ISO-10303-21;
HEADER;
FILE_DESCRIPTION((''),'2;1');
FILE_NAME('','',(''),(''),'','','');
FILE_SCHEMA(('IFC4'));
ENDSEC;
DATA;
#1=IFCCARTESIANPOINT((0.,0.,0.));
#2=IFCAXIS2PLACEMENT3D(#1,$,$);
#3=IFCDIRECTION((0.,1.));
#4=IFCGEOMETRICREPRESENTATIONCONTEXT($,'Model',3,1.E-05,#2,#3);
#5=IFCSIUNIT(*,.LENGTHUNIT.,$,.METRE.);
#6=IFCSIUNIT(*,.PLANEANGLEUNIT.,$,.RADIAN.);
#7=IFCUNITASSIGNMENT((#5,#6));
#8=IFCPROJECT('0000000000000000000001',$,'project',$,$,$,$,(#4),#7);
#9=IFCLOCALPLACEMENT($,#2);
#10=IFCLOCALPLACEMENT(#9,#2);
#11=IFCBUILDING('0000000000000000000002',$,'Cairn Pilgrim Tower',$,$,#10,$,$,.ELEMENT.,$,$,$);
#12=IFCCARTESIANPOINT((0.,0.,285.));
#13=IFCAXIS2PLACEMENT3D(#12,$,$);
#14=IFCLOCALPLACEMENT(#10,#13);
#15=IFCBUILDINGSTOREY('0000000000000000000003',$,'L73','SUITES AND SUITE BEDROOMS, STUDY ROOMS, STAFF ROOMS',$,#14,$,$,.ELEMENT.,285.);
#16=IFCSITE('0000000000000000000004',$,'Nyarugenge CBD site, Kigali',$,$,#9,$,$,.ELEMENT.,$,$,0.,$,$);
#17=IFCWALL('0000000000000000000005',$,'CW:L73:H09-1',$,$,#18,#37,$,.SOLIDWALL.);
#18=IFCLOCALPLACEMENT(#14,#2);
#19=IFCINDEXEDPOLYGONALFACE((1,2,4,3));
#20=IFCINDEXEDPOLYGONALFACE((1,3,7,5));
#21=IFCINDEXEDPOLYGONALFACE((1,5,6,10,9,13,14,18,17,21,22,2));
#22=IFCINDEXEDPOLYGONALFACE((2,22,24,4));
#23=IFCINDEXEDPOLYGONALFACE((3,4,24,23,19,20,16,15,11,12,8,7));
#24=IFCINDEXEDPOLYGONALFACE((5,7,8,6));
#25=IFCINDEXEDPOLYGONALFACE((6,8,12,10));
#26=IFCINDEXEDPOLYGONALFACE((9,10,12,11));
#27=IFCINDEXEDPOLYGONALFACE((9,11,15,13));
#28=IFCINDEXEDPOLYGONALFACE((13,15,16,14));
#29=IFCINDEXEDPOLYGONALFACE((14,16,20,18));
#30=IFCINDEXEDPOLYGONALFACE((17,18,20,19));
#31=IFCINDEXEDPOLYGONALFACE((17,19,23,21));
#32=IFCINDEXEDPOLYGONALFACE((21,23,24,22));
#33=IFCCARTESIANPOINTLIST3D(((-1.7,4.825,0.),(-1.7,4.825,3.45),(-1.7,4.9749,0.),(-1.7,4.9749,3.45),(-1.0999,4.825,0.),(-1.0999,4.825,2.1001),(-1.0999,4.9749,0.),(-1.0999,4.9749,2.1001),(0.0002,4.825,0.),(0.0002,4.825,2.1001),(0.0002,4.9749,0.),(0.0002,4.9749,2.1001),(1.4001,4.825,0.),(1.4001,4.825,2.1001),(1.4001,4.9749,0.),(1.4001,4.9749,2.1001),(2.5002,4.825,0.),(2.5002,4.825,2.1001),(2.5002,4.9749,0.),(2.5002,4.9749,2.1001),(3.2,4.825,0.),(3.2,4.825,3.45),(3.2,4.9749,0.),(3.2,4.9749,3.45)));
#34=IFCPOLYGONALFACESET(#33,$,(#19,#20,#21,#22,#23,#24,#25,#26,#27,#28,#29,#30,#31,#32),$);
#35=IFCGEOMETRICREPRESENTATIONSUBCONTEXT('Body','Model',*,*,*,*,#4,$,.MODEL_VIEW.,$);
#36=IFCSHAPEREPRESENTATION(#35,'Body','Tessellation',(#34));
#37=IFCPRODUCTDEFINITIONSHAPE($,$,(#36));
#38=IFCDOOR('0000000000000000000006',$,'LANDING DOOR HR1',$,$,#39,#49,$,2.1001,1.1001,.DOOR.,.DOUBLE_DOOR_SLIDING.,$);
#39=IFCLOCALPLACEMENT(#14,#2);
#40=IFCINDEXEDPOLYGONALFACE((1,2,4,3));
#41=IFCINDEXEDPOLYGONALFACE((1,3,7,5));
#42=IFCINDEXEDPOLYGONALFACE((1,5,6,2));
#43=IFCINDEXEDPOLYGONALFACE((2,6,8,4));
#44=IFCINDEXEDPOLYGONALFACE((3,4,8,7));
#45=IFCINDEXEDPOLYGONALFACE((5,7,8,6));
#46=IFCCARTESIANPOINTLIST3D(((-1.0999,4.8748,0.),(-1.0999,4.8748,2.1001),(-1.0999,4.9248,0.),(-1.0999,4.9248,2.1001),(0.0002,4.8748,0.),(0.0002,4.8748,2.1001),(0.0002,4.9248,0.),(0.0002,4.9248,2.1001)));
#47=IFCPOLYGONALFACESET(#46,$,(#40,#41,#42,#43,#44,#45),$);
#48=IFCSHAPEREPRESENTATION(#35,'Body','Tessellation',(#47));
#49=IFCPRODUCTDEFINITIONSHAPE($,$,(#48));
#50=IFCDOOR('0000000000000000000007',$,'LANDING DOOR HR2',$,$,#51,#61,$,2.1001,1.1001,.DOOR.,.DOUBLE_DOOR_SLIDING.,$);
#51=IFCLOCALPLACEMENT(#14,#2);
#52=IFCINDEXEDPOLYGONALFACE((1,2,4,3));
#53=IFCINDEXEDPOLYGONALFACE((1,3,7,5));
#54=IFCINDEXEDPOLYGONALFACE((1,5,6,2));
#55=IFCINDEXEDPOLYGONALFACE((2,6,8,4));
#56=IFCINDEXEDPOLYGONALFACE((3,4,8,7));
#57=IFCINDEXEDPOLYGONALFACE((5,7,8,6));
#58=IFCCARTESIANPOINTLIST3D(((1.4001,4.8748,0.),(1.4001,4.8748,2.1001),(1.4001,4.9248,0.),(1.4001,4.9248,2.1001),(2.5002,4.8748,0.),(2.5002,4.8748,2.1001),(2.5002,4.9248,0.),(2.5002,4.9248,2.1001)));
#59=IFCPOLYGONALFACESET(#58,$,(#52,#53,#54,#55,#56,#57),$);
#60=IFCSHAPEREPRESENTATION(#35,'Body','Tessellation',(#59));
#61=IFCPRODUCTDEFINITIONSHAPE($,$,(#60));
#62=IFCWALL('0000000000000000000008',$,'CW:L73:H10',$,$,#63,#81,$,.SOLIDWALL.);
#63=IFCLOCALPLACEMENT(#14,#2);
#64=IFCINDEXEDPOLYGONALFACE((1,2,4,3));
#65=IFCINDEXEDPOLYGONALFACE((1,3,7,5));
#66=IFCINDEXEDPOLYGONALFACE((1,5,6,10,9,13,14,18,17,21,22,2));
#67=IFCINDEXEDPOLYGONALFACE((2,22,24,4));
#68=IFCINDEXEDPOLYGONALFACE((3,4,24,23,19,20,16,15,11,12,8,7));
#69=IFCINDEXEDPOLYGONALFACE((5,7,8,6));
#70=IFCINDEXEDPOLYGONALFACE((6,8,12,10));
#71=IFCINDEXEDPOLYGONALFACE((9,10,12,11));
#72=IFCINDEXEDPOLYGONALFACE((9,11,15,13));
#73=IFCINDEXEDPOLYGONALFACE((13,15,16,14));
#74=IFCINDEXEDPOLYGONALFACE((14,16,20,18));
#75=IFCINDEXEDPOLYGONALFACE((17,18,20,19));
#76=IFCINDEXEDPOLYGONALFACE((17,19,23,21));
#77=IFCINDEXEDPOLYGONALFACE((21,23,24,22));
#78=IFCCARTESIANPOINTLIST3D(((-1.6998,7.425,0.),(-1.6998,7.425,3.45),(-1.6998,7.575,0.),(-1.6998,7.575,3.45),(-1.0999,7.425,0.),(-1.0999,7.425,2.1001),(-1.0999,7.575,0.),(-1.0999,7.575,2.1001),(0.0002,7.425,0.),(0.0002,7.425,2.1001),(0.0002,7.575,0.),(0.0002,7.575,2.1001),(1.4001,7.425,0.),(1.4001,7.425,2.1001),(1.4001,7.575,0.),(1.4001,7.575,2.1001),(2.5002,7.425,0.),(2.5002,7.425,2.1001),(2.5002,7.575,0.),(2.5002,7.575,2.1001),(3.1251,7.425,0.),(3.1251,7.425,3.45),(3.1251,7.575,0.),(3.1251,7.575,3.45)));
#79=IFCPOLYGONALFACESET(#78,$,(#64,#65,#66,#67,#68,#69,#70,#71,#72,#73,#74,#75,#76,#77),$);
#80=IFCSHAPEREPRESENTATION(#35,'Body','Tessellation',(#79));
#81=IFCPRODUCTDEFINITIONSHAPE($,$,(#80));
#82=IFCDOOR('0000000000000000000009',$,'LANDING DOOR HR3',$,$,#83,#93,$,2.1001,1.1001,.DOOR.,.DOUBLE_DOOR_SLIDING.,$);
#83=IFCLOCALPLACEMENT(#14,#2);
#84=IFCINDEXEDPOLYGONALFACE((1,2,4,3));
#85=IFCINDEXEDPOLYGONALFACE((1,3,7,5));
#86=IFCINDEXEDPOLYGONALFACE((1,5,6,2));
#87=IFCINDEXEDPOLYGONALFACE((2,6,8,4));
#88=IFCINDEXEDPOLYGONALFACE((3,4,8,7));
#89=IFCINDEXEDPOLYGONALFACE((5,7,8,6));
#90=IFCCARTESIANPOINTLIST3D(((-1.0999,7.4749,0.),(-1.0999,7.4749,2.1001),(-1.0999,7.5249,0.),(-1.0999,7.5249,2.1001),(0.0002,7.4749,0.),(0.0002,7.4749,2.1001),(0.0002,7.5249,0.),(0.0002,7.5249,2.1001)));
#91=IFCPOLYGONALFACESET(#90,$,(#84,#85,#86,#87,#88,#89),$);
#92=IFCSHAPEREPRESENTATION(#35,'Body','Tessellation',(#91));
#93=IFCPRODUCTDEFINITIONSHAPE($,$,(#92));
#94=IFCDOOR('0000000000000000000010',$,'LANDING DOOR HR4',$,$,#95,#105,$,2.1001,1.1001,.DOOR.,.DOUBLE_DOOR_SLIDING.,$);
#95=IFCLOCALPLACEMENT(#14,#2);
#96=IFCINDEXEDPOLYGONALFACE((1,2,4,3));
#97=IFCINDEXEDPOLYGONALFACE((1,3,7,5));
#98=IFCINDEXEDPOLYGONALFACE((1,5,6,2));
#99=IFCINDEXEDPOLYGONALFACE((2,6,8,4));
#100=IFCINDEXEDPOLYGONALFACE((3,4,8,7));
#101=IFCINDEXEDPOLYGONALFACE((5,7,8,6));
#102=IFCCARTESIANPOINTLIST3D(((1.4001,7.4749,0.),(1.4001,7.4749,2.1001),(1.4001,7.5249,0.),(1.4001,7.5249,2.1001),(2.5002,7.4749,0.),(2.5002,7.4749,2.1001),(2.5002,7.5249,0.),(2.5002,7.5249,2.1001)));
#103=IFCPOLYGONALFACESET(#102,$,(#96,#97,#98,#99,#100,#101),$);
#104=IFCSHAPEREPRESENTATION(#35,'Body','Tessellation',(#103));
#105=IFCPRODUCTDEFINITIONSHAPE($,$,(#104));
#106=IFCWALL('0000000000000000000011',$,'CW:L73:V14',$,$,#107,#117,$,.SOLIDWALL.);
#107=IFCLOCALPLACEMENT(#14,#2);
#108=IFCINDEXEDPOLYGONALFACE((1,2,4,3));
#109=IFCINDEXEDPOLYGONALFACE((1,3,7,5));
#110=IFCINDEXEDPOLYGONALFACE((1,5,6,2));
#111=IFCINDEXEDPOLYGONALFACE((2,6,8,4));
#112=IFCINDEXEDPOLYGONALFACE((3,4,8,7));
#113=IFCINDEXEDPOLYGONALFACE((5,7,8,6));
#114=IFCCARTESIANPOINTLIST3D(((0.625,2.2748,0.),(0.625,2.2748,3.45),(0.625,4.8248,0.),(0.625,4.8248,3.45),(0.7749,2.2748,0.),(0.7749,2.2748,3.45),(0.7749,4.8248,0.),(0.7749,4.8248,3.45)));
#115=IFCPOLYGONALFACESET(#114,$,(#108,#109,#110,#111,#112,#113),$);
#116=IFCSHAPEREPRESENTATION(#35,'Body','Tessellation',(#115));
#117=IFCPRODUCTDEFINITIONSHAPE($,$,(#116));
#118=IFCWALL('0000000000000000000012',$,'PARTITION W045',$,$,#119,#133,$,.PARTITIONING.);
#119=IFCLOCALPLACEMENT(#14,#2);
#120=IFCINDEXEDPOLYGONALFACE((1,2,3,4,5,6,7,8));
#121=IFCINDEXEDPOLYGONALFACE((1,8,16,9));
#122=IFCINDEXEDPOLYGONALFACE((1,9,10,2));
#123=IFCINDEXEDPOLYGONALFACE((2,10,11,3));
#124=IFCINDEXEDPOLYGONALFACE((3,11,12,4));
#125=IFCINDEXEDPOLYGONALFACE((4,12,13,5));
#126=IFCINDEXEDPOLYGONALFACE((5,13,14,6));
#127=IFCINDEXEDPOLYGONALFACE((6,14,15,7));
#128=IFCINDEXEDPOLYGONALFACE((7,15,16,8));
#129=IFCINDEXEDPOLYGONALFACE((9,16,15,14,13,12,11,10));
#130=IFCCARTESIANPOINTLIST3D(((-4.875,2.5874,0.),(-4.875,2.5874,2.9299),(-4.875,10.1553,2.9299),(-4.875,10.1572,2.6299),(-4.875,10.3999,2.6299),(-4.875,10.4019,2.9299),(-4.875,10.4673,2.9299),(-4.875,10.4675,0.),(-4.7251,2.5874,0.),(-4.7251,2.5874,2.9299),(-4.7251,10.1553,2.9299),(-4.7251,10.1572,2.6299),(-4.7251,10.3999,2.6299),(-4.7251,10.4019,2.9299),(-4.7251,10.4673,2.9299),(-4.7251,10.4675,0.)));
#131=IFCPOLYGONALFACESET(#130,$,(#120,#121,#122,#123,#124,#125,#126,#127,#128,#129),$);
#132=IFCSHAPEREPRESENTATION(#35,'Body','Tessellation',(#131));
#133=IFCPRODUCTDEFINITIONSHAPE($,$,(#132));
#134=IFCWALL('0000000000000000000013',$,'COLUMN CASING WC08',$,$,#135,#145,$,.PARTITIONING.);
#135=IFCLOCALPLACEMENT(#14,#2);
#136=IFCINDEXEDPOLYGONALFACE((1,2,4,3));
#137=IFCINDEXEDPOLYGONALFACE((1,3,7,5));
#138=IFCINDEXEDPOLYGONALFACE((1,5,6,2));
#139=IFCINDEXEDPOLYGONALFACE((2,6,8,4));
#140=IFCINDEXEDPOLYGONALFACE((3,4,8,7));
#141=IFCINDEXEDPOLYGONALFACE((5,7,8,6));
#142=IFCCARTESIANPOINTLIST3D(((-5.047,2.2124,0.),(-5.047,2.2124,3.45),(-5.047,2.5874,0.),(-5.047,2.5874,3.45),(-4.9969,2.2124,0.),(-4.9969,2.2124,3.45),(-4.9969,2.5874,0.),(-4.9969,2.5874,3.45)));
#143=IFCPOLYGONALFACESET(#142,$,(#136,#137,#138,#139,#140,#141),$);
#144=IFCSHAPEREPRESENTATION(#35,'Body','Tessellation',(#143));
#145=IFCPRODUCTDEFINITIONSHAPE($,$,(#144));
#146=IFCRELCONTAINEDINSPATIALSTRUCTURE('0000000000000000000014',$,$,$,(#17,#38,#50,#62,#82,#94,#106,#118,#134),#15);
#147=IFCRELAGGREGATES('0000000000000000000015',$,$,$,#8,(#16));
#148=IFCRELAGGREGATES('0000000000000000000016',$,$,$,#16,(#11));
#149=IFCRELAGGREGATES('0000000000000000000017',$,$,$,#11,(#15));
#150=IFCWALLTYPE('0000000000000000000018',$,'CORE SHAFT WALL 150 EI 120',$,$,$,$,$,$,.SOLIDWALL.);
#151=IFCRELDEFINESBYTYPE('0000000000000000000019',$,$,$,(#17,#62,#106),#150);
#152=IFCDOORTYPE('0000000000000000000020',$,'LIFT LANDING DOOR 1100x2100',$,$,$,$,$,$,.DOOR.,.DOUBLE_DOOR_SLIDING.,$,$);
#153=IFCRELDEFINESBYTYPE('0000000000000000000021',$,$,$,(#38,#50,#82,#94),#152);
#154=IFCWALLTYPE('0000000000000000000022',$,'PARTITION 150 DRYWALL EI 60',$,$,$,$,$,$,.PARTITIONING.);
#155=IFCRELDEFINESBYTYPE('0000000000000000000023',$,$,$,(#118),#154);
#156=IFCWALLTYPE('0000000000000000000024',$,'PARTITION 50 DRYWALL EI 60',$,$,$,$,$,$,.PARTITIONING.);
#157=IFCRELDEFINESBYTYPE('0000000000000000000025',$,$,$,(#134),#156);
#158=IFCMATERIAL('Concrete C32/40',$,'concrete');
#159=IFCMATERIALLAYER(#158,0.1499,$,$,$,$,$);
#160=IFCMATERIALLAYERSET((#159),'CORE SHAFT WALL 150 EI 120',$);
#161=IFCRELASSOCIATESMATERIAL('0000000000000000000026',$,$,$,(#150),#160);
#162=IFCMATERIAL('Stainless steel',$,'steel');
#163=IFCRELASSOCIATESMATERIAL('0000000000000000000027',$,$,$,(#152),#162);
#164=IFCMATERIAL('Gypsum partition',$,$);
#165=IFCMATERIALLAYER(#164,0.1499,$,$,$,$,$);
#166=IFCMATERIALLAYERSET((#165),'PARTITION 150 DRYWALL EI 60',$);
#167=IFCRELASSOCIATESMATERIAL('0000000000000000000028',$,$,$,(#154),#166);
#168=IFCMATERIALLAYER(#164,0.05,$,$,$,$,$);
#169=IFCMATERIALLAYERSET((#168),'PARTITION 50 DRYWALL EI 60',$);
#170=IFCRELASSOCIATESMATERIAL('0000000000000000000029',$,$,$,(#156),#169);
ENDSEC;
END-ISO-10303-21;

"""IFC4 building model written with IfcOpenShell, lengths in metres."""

from ifc_helpers import new_model, si_unit, direction, frame, frame_2d, origin, place, context, subcontext, project, spatial, polyline, rectangle, outline, extrude, material, layer, layer_set, type_object, element, fill, save


model = new_model("IFC4")

# Units and contexts
model_context = context("Model", 3, precision=1e-05, world=origin(), true_north=direction((0.0, 1.0)))
body_context = subcontext(model_context, "Body", "Model", "MODEL_VIEW")
ifc_project = project(units=[si_unit("LENGTHUNIT", "METRE"), si_unit("PLANEANGLEUNIT", "RADIAN")], contexts=[model_context])

# Site, building, storey
site_placement = place(None, origin())
site = spatial("IfcSite", under=ifc_project, at=site_placement, Name="Nyarugenge CBD site, Kigali", CompositionType="ELEMENT", RefElevation=0.0)
building_placement = place(site_placement, origin())
building = spatial("IfcBuilding", under=site, at=building_placement, Name="Cairn Pilgrim Tower", CompositionType="ELEMENT")
storey_placement = place(building_placement, frame((0.0, 0.0, 285.0)))
storey = spatial("IfcBuildingStorey", under=building, at=storey_placement, Name="L73", Description="SUITES AND SUITE BEDROOMS, STUDY ROOMS, STAFF ROOMS", CompositionType="ELEMENT", Elevation=285.0)

# Shared definitions
ifc_material_1 = material(Name="Concrete C32/40", Category="concrete")

# Shared definitions
ifc_layer_1 = layer(ifc_material_1, 0.1499)
ifc_layer_set_1 = layer_set([ifc_layer_1], Name="CORE SHAFT WALL 150 EI 120")
wall_type_1 = type_object("IfcWallType", Name="CORE SHAFT WALL 150 EI 120", PredefinedType="SOLIDWALL", material=ifc_layer_set_1)

# Walls, openings, doors
wall_1_placement = place(storey_placement, frame((-1.7, 4.8999, 0.0), z_axis=(0.0, 0.0, 1.0), x_axis=(1.0, 0.0, 0.0)))
wall_1 = element("IfcWall", 1, at=wall_1_placement, inside=storey, type_object=wall_type_1, Name="CW:L73:H09-1", PredefinedType="SOLIDWALL", context=body_context, shape_type="SweptSolid", body=[
    extrude(rectangle(XDim=4.8999, YDim=0.1499, at=frame_2d((2.45, 0.0))), origin(), (0.0, 0.0, 1.0), 3.45),
])
opening_1_placement = place(wall_1_placement, frame((0.6001, 0.0, 0.0)))
opening_1 = element("IfcOpeningElement", 2, at=opening_1_placement, cuts=wall_1, PredefinedType="OPENING", context=body_context, shape_type="SweptSolid", body=[
    extrude(rectangle(XDim=1.1001, YDim=2.1001, at=frame_2d((0.55, 1.05))), frame((0.0, 0.085, 0.0), z_axis=(0.0, -1.0, 0.0), x_axis=(1.0, 0.0, 0.0)), (0.0, 0.0, 1.0), 0.1699),
])
opening_2_placement = place(wall_1_placement, frame((3.1001, 0.0, 0.0)))
opening_2 = element("IfcOpeningElement", 3, at=opening_2_placement, cuts=wall_1, PredefinedType="OPENING", context=body_context, shape_type="SweptSolid", body=[
    extrude(rectangle(XDim=1.1001, YDim=2.1001, at=frame_2d((0.55, 1.05))), frame((0.0, 0.085, 0.0), z_axis=(0.0, -1.0, 0.0), x_axis=(1.0, 0.0, 0.0)), (0.0, 0.0, 1.0), 0.1699),
])
ifc_material_2 = material(Name="Stainless steel", Category="steel")
door_type = type_object("IfcDoorType", Name="LIFT LANDING DOOR 1100x2100", OperationType="DOUBLE_DOOR_SLIDING", PredefinedType="DOOR", material=ifc_material_2)
door_1_placement = place(opening_1_placement, origin())
door_1 = element("IfcDoor", 4, at=door_1_placement, inside=storey, type_object=door_type, Name="LANDING DOOR HR1", OperationType="DOUBLE_DOOR_SLIDING", OverallHeight=2.1001, OverallWidth=1.1001, PredefinedType="DOOR", context=body_context, shape_type="SweptSolid", body=[
    extrude(rectangle(XDim=1.1001, YDim=2.1001, at=frame_2d((0.55, 1.05))), frame((0.0, 0.0249, 0.0), z_axis=(0.0, -1.0, 0.0), x_axis=(1.0, 0.0, 0.0)), (0.0, 0.0, 1.0), 0.05),
])
fill(opening_1, door_1)
door_2_placement = place(opening_2_placement, origin())
door_2 = element("IfcDoor", 5, at=door_2_placement, inside=storey, type_object=door_type, Name="LANDING DOOR HR2", OperationType="DOUBLE_DOOR_SLIDING", OverallHeight=2.1001, OverallWidth=1.1001, PredefinedType="DOOR", context=body_context, shape_type="SweptSolid", body=[
    extrude(rectangle(XDim=1.1001, YDim=2.1001, at=frame_2d((0.55, 1.05))), frame((0.0, 0.0249, 0.0), z_axis=(0.0, -1.0, 0.0), x_axis=(1.0, 0.0, 0.0)), (0.0, 0.0, 1.0), 0.05),
])
fill(opening_2, door_2)
wall_2_placement = place(storey_placement, frame((-1.7, 7.5, 0.0), z_axis=(0.0, 0.0, 1.0), x_axis=(1.0, 0.0, 0.0)))
wall_2 = element("IfcWall", 6, at=wall_2_placement, inside=storey, type_object=wall_type_1, Name="CW:L73:H10", PredefinedType="SOLIDWALL", context=body_context, shape_type="SweptSolid", body=[
    extrude(rectangle(XDim=4.825, YDim=0.1499, at=frame_2d((2.4126, 0.0))), origin(), (0.0, 0.0, 1.0), 3.45),
])
opening_3_placement = place(wall_2_placement, frame((0.6001, 0.0, 0.0)))
opening_3 = element("IfcOpeningElement", 7, at=opening_3_placement, cuts=wall_2, PredefinedType="OPENING", context=body_context, shape_type="SweptSolid", body=[
    extrude(rectangle(XDim=1.1001, YDim=2.1001, at=frame_2d((0.55, 1.05))), frame((0.0, 0.085, 0.0), z_axis=(0.0, -1.0, 0.0), x_axis=(1.0, 0.0, 0.0)), (0.0, 0.0, 1.0), 0.1699),
])
opening_4_placement = place(wall_2_placement, frame((3.1001, 0.0, 0.0)))
opening_4 = element("IfcOpeningElement", 8, at=opening_4_placement, cuts=wall_2, PredefinedType="OPENING", context=body_context, shape_type="SweptSolid", body=[
    extrude(rectangle(XDim=1.1001, YDim=2.1001, at=frame_2d((0.55, 1.05))), frame((0.0, 0.085, 0.0), z_axis=(0.0, -1.0, 0.0), x_axis=(1.0, 0.0, 0.0)), (0.0, 0.0, 1.0), 0.1699),
])
door_3_placement = place(opening_3_placement, origin())
door_3 = element("IfcDoor", 9, at=door_3_placement, inside=storey, type_object=door_type, Name="LANDING DOOR HR3", OperationType="DOUBLE_DOOR_SLIDING", OverallHeight=2.1001, OverallWidth=1.1001, PredefinedType="DOOR", context=body_context, shape_type="SweptSolid", body=[
    extrude(rectangle(XDim=1.1001, YDim=2.1001, at=frame_2d((0.55, 1.05))), frame((0.0, 0.0249, 0.0), z_axis=(0.0, -1.0, 0.0), x_axis=(1.0, 0.0, 0.0)), (0.0, 0.0, 1.0), 0.05),
])
fill(opening_3, door_3)
door_4_placement = place(opening_4_placement, origin())
door_4 = element("IfcDoor", 10, at=door_4_placement, inside=storey, type_object=door_type, Name="LANDING DOOR HR4", OperationType="DOUBLE_DOOR_SLIDING", OverallHeight=2.1001, OverallWidth=1.1001, PredefinedType="DOOR", context=body_context, shape_type="SweptSolid", body=[
    extrude(rectangle(XDim=1.1001, YDim=2.1001, at=frame_2d((0.55, 1.05))), frame((0.0, 0.0249, 0.0), z_axis=(0.0, -1.0, 0.0), x_axis=(1.0, 0.0, 0.0)), (0.0, 0.0, 1.0), 0.05),
])
fill(opening_4, door_4)

# Walls
wall_3_placement = place(storey_placement, frame((0.7, 2.2749, 0.0), z_axis=(0.0, 0.0, 1.0), x_axis=(0.0, 1.0, 0.0)))
element("IfcWall", 11, at=wall_3_placement, inside=storey, type_object=wall_type_1, Name="CW:L73:V14", PredefinedType="SOLIDWALL", context=body_context, shape_type="SweptSolid", body=[
    extrude(rectangle(XDim=2.55, YDim=0.1499, at=frame_2d((1.2749, 0.0))), origin(), (0.0, 0.0, 1.0), 3.45),
])
ifc_material_3 = material(Name="Gypsum partition")
ifc_layer_2 = layer(ifc_material_3, 0.1499)
ifc_layer_set_2 = layer_set([ifc_layer_2], Name="PARTITION 150 DRYWALL EI 60")
wall_type_2 = type_object("IfcWallType", Name="PARTITION 150 DRYWALL EI 60", PredefinedType="PARTITIONING", material=ifc_layer_set_2)
wall_4_placement = place(storey_placement, frame((-4.8, 2.5874, 0.0), z_axis=(0.0, 0.0, 1.0), x_axis=(0.0, 1.0, 0.0)))
element("IfcWall", 12, at=wall_4_placement, inside=storey, type_object=wall_type_2, Name="PARTITION W045", PredefinedType="PARTITIONING", context=body_context, shape_type="SweptSolid", body=[
    extrude(outline(polyline([(0.0, 0.0), (7.8801, 0.0), (7.8799, 2.9299), (7.8145, 2.9299), (7.8125, 2.6299), (7.5698, 2.6299), (7.5679, 2.9299), (0.0, 2.9299), (0.0, 0.0)])), frame((0.0, 0.075, 0.0), z_axis=(0.0, -1.0, 0.0), x_axis=(1.0, 0.0, 0.0)), (0.0, 0.0, 1.0), 0.1499),
])
ifc_layer_3 = layer(ifc_material_3, 0.05)
ifc_layer_set_3 = layer_set([ifc_layer_3], Name="PARTITION 50 DRYWALL EI 60")
wall_type_3 = type_object("IfcWallType", Name="PARTITION 50 DRYWALL EI 60", PredefinedType="PARTITIONING", material=ifc_layer_set_3)
wall_5_placement = place(storey_placement, frame((-5.022, 2.2124, 0.0), z_axis=(0.0, 0.0, 1.0), x_axis=(0.0, 1.0, 0.0)))
element("IfcWall", 13, at=wall_5_placement, inside=storey, type_object=wall_type_3, Name="COLUMN CASING WC08", PredefinedType="PARTITIONING", context=body_context, shape_type="SweptSolid", body=[
    extrude(rectangle(XDim=0.375, YDim=0.05, at=frame_2d((0.1875, 0.0))), origin(), (0.0, 0.0, 1.0), 3.45),
])

save(model, "model.ifc")
